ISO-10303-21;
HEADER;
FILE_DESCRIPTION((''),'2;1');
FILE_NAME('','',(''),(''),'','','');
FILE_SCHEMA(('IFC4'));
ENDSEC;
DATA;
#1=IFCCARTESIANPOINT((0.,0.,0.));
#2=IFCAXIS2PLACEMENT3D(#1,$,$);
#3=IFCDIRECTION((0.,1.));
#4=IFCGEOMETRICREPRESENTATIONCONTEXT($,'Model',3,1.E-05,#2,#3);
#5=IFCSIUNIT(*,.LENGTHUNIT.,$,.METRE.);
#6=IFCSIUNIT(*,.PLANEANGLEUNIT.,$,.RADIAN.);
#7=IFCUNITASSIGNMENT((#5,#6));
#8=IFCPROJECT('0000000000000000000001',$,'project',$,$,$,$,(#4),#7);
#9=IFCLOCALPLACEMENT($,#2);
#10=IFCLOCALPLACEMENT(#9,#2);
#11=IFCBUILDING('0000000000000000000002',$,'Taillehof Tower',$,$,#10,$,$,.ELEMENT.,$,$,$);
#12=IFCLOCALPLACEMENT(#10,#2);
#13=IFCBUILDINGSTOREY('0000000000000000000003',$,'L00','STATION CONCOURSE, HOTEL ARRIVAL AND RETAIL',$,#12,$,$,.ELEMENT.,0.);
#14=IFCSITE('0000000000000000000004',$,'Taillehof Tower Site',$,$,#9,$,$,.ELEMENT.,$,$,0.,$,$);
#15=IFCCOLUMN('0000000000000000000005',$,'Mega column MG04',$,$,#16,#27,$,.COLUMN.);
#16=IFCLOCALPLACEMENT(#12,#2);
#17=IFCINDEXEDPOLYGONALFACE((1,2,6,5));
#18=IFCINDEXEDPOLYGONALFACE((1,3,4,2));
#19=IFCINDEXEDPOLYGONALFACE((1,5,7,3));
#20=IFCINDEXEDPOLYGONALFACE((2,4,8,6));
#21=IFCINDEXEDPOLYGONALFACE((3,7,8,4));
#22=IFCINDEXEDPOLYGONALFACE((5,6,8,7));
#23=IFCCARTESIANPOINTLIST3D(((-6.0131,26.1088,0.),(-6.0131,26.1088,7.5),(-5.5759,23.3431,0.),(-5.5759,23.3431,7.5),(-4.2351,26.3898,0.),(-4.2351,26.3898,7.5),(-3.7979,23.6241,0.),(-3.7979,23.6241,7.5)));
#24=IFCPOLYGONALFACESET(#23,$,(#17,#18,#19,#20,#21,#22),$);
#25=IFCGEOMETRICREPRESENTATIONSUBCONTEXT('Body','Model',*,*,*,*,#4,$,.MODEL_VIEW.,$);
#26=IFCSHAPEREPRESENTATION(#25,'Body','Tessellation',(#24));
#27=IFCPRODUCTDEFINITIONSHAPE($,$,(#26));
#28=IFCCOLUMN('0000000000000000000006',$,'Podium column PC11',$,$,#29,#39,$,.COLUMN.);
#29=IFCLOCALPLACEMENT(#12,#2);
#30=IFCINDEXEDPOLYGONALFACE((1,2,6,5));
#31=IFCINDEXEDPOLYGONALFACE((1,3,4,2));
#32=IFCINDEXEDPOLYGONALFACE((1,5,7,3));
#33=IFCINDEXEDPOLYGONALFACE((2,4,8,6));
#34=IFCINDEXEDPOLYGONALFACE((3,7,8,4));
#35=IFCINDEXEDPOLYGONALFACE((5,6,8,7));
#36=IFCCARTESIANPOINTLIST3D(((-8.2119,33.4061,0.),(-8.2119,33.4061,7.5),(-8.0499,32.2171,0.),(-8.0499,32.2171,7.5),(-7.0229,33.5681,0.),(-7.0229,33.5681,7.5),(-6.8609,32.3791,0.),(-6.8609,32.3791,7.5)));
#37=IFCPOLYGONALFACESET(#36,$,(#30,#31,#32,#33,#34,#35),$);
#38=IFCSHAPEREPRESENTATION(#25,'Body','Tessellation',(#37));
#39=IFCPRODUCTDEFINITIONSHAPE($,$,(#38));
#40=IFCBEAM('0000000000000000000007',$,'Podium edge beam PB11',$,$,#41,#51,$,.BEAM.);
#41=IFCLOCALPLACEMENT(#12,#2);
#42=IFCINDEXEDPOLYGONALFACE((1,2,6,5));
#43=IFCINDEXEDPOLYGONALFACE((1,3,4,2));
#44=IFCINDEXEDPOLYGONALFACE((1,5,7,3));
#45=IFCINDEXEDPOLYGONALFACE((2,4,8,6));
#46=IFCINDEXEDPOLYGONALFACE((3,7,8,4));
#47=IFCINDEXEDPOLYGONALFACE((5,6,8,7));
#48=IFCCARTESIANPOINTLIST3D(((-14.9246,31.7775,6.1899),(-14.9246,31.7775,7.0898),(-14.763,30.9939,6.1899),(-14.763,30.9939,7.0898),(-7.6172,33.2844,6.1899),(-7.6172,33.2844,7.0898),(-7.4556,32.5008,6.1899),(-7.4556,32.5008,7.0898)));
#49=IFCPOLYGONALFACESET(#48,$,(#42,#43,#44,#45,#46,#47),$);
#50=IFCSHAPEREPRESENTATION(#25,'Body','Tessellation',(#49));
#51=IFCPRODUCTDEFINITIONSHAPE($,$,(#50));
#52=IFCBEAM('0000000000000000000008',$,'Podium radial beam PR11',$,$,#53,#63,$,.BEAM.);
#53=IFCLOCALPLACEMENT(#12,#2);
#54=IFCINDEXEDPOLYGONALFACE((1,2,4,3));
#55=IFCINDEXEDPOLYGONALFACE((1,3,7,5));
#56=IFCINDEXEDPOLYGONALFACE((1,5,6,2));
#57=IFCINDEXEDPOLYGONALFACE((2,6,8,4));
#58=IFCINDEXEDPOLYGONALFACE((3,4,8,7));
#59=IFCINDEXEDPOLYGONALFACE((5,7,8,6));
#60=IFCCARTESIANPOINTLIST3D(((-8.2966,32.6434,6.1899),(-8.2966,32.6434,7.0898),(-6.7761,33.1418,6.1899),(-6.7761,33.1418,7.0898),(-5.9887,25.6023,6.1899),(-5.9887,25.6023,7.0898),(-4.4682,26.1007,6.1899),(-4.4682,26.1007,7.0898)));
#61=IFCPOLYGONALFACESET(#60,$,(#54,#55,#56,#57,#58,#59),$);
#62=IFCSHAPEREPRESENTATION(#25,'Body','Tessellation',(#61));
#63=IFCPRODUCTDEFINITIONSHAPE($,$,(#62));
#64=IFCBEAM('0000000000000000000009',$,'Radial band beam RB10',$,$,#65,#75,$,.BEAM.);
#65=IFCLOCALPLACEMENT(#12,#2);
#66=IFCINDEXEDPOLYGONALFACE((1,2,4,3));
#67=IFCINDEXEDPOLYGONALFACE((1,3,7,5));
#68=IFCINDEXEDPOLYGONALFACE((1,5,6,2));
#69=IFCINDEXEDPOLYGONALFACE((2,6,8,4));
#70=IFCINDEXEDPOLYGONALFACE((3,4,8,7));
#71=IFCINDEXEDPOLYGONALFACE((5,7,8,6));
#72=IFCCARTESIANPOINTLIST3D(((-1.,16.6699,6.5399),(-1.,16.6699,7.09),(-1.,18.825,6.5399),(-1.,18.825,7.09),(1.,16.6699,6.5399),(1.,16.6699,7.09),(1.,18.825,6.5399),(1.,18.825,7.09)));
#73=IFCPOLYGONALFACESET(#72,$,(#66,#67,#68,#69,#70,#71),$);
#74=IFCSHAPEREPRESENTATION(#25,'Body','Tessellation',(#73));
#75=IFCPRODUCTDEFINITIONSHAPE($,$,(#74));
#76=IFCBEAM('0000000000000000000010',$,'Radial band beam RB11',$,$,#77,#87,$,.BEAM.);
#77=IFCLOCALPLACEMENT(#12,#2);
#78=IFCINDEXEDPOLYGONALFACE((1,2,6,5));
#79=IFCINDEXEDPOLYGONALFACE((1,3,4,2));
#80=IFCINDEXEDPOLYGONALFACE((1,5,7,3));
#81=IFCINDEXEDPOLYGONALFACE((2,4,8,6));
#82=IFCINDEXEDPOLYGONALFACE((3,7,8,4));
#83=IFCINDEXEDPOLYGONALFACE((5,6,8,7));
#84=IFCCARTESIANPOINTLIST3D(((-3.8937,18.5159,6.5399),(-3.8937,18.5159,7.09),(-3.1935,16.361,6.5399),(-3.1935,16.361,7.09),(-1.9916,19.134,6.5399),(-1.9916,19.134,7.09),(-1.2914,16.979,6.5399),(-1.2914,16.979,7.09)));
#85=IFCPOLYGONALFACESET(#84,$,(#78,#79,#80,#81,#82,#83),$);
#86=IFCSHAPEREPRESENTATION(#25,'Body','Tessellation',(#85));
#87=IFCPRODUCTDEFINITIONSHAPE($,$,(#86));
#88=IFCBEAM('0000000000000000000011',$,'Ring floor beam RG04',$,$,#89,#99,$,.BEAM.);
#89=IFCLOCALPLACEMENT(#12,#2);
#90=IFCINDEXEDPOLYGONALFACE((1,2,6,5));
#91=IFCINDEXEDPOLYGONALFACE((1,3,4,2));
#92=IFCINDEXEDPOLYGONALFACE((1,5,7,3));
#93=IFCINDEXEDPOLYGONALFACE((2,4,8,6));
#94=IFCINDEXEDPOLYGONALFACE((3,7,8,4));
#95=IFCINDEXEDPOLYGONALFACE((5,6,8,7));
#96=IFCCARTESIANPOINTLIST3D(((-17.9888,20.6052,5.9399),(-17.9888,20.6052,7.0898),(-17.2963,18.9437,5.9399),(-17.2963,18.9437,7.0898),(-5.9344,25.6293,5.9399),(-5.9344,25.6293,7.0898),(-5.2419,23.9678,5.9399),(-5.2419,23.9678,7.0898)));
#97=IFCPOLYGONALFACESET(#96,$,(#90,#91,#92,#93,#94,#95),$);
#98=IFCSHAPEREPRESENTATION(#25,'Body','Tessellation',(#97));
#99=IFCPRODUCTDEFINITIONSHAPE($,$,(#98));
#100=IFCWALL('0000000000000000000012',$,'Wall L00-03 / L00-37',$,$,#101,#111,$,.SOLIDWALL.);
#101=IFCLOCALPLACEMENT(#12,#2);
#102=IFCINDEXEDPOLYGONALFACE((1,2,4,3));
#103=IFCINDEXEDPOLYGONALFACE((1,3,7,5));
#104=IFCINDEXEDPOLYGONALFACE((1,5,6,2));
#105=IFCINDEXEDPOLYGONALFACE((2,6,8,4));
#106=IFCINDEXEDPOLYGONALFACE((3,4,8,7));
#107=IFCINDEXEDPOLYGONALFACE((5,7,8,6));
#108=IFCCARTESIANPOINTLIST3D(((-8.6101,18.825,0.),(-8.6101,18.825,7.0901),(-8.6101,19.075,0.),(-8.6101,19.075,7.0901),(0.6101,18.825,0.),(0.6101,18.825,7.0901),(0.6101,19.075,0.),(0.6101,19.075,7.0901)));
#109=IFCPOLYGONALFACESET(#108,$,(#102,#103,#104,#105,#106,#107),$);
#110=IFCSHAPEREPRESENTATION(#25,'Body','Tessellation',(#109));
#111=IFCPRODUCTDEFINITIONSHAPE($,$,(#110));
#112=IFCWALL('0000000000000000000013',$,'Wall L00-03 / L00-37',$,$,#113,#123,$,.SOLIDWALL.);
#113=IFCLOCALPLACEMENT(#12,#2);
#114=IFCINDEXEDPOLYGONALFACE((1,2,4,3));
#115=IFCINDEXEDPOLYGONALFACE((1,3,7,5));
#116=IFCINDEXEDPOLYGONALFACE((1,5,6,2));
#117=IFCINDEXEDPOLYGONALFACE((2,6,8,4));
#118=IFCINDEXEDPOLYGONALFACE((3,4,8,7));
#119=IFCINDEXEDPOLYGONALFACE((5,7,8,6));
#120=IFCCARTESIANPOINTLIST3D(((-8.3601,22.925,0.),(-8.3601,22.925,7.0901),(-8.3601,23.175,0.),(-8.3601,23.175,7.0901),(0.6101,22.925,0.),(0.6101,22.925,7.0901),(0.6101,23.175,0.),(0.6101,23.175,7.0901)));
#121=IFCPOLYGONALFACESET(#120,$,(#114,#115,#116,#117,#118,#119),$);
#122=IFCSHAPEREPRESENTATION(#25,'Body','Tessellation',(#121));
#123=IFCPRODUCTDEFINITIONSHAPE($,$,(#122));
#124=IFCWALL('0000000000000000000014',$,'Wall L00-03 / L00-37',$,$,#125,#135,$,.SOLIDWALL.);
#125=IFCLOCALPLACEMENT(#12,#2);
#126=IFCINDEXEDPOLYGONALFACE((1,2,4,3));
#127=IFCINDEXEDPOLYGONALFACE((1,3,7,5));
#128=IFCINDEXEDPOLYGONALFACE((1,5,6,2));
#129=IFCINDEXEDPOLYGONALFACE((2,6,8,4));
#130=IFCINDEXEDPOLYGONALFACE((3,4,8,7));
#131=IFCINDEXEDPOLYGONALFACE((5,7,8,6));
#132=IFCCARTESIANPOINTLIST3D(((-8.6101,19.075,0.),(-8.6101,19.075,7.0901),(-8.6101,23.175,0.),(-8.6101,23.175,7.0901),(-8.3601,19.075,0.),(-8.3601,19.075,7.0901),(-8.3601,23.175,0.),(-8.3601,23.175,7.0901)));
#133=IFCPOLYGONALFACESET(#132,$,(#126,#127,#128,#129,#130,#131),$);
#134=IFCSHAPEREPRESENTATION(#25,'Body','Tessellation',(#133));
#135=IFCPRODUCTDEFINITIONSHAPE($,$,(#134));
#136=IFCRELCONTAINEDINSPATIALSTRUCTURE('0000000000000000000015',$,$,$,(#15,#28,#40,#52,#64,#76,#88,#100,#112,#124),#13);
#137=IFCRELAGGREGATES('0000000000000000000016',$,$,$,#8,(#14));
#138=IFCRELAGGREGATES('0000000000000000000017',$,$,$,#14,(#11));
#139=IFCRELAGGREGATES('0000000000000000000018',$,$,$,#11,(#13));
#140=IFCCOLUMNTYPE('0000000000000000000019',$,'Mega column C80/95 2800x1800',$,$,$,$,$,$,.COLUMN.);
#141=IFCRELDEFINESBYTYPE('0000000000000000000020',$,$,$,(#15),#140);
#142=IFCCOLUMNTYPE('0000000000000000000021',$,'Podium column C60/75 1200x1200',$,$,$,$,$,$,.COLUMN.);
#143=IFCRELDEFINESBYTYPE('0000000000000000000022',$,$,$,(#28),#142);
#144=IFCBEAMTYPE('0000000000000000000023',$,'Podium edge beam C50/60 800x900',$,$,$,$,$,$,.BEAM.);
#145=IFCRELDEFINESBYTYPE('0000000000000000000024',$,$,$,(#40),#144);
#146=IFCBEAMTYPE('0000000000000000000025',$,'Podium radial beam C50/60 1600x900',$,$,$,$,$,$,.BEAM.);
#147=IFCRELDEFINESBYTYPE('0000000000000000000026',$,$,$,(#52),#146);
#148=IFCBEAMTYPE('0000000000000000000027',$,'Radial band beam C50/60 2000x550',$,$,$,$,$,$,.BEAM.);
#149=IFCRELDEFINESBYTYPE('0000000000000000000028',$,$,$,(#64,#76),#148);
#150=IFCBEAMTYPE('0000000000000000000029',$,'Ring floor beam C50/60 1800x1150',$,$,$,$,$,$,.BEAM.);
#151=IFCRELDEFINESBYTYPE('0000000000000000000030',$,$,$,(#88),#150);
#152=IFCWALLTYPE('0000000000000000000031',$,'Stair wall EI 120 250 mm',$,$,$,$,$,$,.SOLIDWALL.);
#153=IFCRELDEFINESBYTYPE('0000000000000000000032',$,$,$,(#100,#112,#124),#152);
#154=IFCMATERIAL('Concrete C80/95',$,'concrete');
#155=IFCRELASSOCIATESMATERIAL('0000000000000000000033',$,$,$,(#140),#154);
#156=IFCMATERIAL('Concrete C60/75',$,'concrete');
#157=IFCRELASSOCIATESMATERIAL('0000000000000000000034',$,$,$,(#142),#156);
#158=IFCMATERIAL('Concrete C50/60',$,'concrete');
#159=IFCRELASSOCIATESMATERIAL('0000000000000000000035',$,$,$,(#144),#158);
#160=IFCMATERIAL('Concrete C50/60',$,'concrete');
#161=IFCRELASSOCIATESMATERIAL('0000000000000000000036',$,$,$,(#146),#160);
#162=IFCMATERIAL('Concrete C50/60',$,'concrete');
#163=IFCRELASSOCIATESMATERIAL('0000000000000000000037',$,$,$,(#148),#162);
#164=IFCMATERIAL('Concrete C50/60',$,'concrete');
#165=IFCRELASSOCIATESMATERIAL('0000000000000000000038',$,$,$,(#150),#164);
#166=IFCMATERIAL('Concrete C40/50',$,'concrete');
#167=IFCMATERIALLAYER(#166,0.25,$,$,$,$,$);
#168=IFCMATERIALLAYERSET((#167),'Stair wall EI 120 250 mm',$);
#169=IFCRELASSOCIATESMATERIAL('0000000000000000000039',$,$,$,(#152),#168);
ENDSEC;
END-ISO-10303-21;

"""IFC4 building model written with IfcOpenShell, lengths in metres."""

from ifc_helpers import new_model, si_unit, direction, frame, frame_2d, origin, origin_2d, place, context, subcontext, project, spatial, rectangle, extrude, material, layer, layer_set, material_profile, profile_set, type_object, element, save


model = new_model("IFC4")

# Units and contexts
model_context = context("Model", 3, precision=1e-05, world=origin(), true_north=direction((0.0, 1.0)))
body_context = subcontext(model_context, "Body", "Model", "MODEL_VIEW")
ifc_project = project(units=[si_unit("LENGTHUNIT", "METRE"), si_unit("PLANEANGLEUNIT", "RADIAN")], contexts=[model_context])

# Site, building, storey
site_placement = place(None, origin())
site = spatial("IfcSite", under=ifc_project, at=site_placement, Name="Taillehof Tower Site", CompositionType="ELEMENT", RefElevation=0.0)
building_placement = place(site_placement, origin())
building = spatial("IfcBuilding", under=site, at=building_placement, Name="Taillehof Tower", CompositionType="ELEMENT")
storey_placement = place(building_placement, origin())
storey = spatial("IfcBuildingStorey", under=building, at=storey_placement, Name="L00", Description="STATION CONCOURSE, HOTEL ARRIVAL AND RETAIL", CompositionType="ELEMENT", Elevation=0.0)

# Columns
ifc_material_1 = material(Name="Concrete C80/95", Category="concrete")
ifc_material_profile_1 = material_profile(ifc_material_1, rectangle(XDim=2.8, YDim=1.8, at=origin_2d()), Name="RC 2800x1800")
ifc_profile_set_1 = profile_set([ifc_material_profile_1], Name="Concrete C80/95")
column_type_1 = type_object("IfcColumnType", Name="Mega column C80/95 2800x1800", PredefinedType="COLUMN", material=ifc_profile_set_1)
column_1_placement = place(storey_placement, frame((-4.9055, 24.8665, 0.0), z_axis=(0.0, 0.0, 1.0), x_axis=(-0.156147, 0.987734, 0.0)))
element("IfcColumn", 1, at=column_1_placement, inside=storey, type_object=column_type_1, Name="Mega column MG04", PredefinedType="COLUMN", context=body_context, shape_type="SweptSolid", body=[
    extrude(rectangle(XDim=2.8, YDim=1.8, at=origin_2d()), origin(), (0.0, 0.0, 1.0), 7.5),
])
ifc_material_2 = material(Name="Concrete C60/75", Category="concrete")
ifc_material_profile_2 = material_profile(ifc_material_2, rectangle(XDim=1.2, YDim=1.2, at=origin_2d()), Name="RC 1200x1200")
ifc_profile_set_2 = profile_set([ifc_material_profile_2], Name="Concrete C60/75")
column_type_2 = type_object("IfcColumnType", Name="Podium column C60/75 1200x1200", PredefinedType="COLUMN", material=ifc_profile_set_2)
column_2_placement = place(storey_placement, frame((-7.5364, 32.8926, 0.0), z_axis=(0.0, 0.0, 1.0), x_axis=(-0.135005, 0.990845, 0.0)))
element("IfcColumn", 2, at=column_2_placement, inside=storey, type_object=column_type_2, Name="Podium column PC11", PredefinedType="COLUMN", context=body_context, shape_type="SweptSolid", body=[
    extrude(rectangle(XDim=1.2, YDim=1.2, at=origin_2d()), origin(), (0.0, 0.0, 1.0), 7.5),
])

# Beams
ifc_material_3 = material(Name="Concrete C50/60", Category="concrete")
ifc_material_profile_3 = material_profile(ifc_material_3, rectangle(XDim=0.8, YDim=0.8999, at=origin_2d()), Name="RC 800x900")
ifc_profile_set_3 = profile_set([ifc_material_profile_3], Name="Concrete C50/60")
beam_type_1 = type_object("IfcBeamType", Name="Podium edge beam C50/60 800x900", PredefinedType="BEAM", material=ifc_profile_set_3)
beam_1_placement = place(storey_placement, frame((-7.5364, 32.8926, 6.6399), z_axis=(-0.979394, -0.201959, 0.0), x_axis=(0.201959, -0.979394, 0.0)))
element("IfcBeam", 3, at=beam_1_placement, inside=storey, type_object=beam_type_1, Name="Podium edge beam PB11", PredefinedType="BEAM", context=body_context, shape_type="SweptSolid", body=[
    extrude(rectangle(XDim=0.8, YDim=0.8999, at=origin_2d()), origin(), (0.0, 0.0, 1.0), 7.4612),
])
ifc_material_4 = material(Name="Concrete C50/60", Category="concrete")
ifc_material_profile_4 = material_profile(ifc_material_4, rectangle(XDim=1.6001, YDim=0.8999, at=origin_2d()), Name="RC 1600x900")
ifc_profile_set_4 = profile_set([ifc_material_profile_4], Name="Concrete C50/60")
beam_type_2 = type_object("IfcBeamType", Name="Podium radial beam C50/60 1600x900", PredefinedType="BEAM", material=ifc_profile_set_4)
beam_2_placement = place(storey_placement, frame((-7.5364, 32.8926, 6.6399), z_axis=(0.311469, -0.950256, 0.0), x_axis=(0.950256, 0.311469, 0.0)))
element("IfcBeam", 4, at=beam_2_placement, inside=storey, type_object=beam_type_2, Name="Podium radial beam PR11", PredefinedType="BEAM", context=body_context, shape_type="SweptSolid", body=[
    extrude(rectangle(XDim=1.6001, YDim=0.8999, at=origin_2d()), origin(), (0.0, 0.0, 1.0), 7.4097),
])
ifc_material_5 = material(Name="Concrete C50/60", Category="concrete")
ifc_material_profile_5 = material_profile(ifc_material_5, rectangle(XDim=2.0, YDim=0.55, at=origin_2d()), Name="RC 2000x550")
ifc_profile_set_5 = profile_set([ifc_material_profile_5], Name="Concrete C50/60")
beam_type_3 = type_object("IfcBeamType", Name="Radial band beam C50/60 2000x550", PredefinedType="BEAM", material=ifc_profile_set_5)
beam_3_placement = place(storey_placement, frame((0.0, 18.825, 6.8149), z_axis=(0.0, -1.0, 0.0), x_axis=(1.0, 0.0, 0.0)))
element("IfcBeam", 5, at=beam_3_placement, inside=storey, type_object=beam_type_3, Name="Radial band beam RB10", PredefinedType="BEAM", context=body_context, shape_type="SweptSolid", body=[
    extrude(rectangle(XDim=2.0, YDim=0.55, at=origin_2d()), origin(), (0.0, 0.0, 1.0), 2.155),
])
beam_4_placement = place(storey_placement, frame((-2.9426, 18.825, 6.8149), z_axis=(0.309011, -0.951059, 0.0), x_axis=(0.951059, 0.309011, 0.0)))
element("IfcBeam", 6, at=beam_4_placement, inside=storey, type_object=beam_type_3, Name="Radial band beam RB11", PredefinedType="BEAM", context=body_context, shape_type="SweptSolid", body=[
    extrude(rectangle(XDim=2.0, YDim=0.55, at=origin_2d()), origin(), (0.0, 0.0, 1.0), 2.2659),
])
ifc_material_6 = material(Name="Concrete C50/60", Category="concrete")
ifc_material_profile_6 = material_profile(ifc_material_6, rectangle(XDim=1.8, YDim=1.1499, at=origin_2d()), Name="RC 1800x1150")
ifc_profile_set_6 = profile_set([ifc_material_profile_6], Name="Concrete C50/60")
beam_type_4 = type_object("IfcBeamType", Name="Ring floor beam C50/60 1800x1150", PredefinedType="BEAM", material=ifc_profile_set_6)
beam_5_placement = place(storey_placement, frame((-5.5881, 24.7986, 6.5149), z_axis=(-0.923037, -0.384712, 0.0), x_axis=(0.384712, -0.923037, 0.0)))
element("IfcBeam", 7, at=beam_5_placement, inside=storey, type_object=beam_type_4, Name="Ring floor beam RG04", PredefinedType="BEAM", context=body_context, shape_type="SweptSolid", body=[
    extrude(rectangle(XDim=1.8, YDim=1.1499, at=origin_2d()), origin(), (0.0, 0.0, 1.0), 13.0596),
])

# Walls
ifc_material_7 = material(Name="Concrete C40/50", Category="concrete")
ifc_layer = layer(ifc_material_7, 0.25)
ifc_layer_set = layer_set([ifc_layer], Name="Stair wall EI 120 250 mm")
wall_type = type_object("IfcWallType", Name="Stair wall EI 120 250 mm", PredefinedType="SOLIDWALL", material=ifc_layer_set)
wall_1_placement = place(storey_placement, frame((-8.6101, 18.95, 0.0), z_axis=(0.0, 0.0, 1.0), x_axis=(1.0, 0.0, 0.0)))
element("IfcWall", 8, at=wall_1_placement, inside=storey, type_object=wall_type, Name="Wall L00-03 / L00-37", PredefinedType="SOLIDWALL", context=body_context, shape_type="SweptSolid", body=[
    extrude(rectangle(XDim=9.2202, YDim=0.25, at=frame_2d((4.6101, 0.0))), origin(), (0.0, 0.0, 1.0), 7.0901),
])
wall_2_placement = place(storey_placement, frame((-8.3601, 23.05, 0.0), z_axis=(0.0, 0.0, 1.0), x_axis=(1.0, 0.0, 0.0)))
element("IfcWall", 9, at=wall_2_placement, inside=storey, type_object=wall_type, Name="Wall L00-03 / L00-37", PredefinedType="SOLIDWALL", context=body_context, shape_type="SweptSolid", body=[
    extrude(rectangle(XDim=8.9702, YDim=0.25, at=frame_2d((4.4851, 0.0))), origin(), (0.0, 0.0, 1.0), 7.0901),
])
wall_3_placement = place(storey_placement, frame((-8.4851, 19.075, 0.0), z_axis=(0.0, 0.0, 1.0), x_axis=(0.0, 1.0, 0.0)))
element("IfcWall", 10, at=wall_3_placement, inside=storey, type_object=wall_type, Name="Wall L00-03 / L00-37", PredefinedType="SOLIDWALL", context=body_context, shape_type="SweptSolid", body=[
    extrude(rectangle(XDim=4.1001, YDim=0.25, at=frame_2d((2.05, 0.0))), origin(), (0.0, 0.0, 1.0), 7.0901),
])

save(model, "model.ifc")
